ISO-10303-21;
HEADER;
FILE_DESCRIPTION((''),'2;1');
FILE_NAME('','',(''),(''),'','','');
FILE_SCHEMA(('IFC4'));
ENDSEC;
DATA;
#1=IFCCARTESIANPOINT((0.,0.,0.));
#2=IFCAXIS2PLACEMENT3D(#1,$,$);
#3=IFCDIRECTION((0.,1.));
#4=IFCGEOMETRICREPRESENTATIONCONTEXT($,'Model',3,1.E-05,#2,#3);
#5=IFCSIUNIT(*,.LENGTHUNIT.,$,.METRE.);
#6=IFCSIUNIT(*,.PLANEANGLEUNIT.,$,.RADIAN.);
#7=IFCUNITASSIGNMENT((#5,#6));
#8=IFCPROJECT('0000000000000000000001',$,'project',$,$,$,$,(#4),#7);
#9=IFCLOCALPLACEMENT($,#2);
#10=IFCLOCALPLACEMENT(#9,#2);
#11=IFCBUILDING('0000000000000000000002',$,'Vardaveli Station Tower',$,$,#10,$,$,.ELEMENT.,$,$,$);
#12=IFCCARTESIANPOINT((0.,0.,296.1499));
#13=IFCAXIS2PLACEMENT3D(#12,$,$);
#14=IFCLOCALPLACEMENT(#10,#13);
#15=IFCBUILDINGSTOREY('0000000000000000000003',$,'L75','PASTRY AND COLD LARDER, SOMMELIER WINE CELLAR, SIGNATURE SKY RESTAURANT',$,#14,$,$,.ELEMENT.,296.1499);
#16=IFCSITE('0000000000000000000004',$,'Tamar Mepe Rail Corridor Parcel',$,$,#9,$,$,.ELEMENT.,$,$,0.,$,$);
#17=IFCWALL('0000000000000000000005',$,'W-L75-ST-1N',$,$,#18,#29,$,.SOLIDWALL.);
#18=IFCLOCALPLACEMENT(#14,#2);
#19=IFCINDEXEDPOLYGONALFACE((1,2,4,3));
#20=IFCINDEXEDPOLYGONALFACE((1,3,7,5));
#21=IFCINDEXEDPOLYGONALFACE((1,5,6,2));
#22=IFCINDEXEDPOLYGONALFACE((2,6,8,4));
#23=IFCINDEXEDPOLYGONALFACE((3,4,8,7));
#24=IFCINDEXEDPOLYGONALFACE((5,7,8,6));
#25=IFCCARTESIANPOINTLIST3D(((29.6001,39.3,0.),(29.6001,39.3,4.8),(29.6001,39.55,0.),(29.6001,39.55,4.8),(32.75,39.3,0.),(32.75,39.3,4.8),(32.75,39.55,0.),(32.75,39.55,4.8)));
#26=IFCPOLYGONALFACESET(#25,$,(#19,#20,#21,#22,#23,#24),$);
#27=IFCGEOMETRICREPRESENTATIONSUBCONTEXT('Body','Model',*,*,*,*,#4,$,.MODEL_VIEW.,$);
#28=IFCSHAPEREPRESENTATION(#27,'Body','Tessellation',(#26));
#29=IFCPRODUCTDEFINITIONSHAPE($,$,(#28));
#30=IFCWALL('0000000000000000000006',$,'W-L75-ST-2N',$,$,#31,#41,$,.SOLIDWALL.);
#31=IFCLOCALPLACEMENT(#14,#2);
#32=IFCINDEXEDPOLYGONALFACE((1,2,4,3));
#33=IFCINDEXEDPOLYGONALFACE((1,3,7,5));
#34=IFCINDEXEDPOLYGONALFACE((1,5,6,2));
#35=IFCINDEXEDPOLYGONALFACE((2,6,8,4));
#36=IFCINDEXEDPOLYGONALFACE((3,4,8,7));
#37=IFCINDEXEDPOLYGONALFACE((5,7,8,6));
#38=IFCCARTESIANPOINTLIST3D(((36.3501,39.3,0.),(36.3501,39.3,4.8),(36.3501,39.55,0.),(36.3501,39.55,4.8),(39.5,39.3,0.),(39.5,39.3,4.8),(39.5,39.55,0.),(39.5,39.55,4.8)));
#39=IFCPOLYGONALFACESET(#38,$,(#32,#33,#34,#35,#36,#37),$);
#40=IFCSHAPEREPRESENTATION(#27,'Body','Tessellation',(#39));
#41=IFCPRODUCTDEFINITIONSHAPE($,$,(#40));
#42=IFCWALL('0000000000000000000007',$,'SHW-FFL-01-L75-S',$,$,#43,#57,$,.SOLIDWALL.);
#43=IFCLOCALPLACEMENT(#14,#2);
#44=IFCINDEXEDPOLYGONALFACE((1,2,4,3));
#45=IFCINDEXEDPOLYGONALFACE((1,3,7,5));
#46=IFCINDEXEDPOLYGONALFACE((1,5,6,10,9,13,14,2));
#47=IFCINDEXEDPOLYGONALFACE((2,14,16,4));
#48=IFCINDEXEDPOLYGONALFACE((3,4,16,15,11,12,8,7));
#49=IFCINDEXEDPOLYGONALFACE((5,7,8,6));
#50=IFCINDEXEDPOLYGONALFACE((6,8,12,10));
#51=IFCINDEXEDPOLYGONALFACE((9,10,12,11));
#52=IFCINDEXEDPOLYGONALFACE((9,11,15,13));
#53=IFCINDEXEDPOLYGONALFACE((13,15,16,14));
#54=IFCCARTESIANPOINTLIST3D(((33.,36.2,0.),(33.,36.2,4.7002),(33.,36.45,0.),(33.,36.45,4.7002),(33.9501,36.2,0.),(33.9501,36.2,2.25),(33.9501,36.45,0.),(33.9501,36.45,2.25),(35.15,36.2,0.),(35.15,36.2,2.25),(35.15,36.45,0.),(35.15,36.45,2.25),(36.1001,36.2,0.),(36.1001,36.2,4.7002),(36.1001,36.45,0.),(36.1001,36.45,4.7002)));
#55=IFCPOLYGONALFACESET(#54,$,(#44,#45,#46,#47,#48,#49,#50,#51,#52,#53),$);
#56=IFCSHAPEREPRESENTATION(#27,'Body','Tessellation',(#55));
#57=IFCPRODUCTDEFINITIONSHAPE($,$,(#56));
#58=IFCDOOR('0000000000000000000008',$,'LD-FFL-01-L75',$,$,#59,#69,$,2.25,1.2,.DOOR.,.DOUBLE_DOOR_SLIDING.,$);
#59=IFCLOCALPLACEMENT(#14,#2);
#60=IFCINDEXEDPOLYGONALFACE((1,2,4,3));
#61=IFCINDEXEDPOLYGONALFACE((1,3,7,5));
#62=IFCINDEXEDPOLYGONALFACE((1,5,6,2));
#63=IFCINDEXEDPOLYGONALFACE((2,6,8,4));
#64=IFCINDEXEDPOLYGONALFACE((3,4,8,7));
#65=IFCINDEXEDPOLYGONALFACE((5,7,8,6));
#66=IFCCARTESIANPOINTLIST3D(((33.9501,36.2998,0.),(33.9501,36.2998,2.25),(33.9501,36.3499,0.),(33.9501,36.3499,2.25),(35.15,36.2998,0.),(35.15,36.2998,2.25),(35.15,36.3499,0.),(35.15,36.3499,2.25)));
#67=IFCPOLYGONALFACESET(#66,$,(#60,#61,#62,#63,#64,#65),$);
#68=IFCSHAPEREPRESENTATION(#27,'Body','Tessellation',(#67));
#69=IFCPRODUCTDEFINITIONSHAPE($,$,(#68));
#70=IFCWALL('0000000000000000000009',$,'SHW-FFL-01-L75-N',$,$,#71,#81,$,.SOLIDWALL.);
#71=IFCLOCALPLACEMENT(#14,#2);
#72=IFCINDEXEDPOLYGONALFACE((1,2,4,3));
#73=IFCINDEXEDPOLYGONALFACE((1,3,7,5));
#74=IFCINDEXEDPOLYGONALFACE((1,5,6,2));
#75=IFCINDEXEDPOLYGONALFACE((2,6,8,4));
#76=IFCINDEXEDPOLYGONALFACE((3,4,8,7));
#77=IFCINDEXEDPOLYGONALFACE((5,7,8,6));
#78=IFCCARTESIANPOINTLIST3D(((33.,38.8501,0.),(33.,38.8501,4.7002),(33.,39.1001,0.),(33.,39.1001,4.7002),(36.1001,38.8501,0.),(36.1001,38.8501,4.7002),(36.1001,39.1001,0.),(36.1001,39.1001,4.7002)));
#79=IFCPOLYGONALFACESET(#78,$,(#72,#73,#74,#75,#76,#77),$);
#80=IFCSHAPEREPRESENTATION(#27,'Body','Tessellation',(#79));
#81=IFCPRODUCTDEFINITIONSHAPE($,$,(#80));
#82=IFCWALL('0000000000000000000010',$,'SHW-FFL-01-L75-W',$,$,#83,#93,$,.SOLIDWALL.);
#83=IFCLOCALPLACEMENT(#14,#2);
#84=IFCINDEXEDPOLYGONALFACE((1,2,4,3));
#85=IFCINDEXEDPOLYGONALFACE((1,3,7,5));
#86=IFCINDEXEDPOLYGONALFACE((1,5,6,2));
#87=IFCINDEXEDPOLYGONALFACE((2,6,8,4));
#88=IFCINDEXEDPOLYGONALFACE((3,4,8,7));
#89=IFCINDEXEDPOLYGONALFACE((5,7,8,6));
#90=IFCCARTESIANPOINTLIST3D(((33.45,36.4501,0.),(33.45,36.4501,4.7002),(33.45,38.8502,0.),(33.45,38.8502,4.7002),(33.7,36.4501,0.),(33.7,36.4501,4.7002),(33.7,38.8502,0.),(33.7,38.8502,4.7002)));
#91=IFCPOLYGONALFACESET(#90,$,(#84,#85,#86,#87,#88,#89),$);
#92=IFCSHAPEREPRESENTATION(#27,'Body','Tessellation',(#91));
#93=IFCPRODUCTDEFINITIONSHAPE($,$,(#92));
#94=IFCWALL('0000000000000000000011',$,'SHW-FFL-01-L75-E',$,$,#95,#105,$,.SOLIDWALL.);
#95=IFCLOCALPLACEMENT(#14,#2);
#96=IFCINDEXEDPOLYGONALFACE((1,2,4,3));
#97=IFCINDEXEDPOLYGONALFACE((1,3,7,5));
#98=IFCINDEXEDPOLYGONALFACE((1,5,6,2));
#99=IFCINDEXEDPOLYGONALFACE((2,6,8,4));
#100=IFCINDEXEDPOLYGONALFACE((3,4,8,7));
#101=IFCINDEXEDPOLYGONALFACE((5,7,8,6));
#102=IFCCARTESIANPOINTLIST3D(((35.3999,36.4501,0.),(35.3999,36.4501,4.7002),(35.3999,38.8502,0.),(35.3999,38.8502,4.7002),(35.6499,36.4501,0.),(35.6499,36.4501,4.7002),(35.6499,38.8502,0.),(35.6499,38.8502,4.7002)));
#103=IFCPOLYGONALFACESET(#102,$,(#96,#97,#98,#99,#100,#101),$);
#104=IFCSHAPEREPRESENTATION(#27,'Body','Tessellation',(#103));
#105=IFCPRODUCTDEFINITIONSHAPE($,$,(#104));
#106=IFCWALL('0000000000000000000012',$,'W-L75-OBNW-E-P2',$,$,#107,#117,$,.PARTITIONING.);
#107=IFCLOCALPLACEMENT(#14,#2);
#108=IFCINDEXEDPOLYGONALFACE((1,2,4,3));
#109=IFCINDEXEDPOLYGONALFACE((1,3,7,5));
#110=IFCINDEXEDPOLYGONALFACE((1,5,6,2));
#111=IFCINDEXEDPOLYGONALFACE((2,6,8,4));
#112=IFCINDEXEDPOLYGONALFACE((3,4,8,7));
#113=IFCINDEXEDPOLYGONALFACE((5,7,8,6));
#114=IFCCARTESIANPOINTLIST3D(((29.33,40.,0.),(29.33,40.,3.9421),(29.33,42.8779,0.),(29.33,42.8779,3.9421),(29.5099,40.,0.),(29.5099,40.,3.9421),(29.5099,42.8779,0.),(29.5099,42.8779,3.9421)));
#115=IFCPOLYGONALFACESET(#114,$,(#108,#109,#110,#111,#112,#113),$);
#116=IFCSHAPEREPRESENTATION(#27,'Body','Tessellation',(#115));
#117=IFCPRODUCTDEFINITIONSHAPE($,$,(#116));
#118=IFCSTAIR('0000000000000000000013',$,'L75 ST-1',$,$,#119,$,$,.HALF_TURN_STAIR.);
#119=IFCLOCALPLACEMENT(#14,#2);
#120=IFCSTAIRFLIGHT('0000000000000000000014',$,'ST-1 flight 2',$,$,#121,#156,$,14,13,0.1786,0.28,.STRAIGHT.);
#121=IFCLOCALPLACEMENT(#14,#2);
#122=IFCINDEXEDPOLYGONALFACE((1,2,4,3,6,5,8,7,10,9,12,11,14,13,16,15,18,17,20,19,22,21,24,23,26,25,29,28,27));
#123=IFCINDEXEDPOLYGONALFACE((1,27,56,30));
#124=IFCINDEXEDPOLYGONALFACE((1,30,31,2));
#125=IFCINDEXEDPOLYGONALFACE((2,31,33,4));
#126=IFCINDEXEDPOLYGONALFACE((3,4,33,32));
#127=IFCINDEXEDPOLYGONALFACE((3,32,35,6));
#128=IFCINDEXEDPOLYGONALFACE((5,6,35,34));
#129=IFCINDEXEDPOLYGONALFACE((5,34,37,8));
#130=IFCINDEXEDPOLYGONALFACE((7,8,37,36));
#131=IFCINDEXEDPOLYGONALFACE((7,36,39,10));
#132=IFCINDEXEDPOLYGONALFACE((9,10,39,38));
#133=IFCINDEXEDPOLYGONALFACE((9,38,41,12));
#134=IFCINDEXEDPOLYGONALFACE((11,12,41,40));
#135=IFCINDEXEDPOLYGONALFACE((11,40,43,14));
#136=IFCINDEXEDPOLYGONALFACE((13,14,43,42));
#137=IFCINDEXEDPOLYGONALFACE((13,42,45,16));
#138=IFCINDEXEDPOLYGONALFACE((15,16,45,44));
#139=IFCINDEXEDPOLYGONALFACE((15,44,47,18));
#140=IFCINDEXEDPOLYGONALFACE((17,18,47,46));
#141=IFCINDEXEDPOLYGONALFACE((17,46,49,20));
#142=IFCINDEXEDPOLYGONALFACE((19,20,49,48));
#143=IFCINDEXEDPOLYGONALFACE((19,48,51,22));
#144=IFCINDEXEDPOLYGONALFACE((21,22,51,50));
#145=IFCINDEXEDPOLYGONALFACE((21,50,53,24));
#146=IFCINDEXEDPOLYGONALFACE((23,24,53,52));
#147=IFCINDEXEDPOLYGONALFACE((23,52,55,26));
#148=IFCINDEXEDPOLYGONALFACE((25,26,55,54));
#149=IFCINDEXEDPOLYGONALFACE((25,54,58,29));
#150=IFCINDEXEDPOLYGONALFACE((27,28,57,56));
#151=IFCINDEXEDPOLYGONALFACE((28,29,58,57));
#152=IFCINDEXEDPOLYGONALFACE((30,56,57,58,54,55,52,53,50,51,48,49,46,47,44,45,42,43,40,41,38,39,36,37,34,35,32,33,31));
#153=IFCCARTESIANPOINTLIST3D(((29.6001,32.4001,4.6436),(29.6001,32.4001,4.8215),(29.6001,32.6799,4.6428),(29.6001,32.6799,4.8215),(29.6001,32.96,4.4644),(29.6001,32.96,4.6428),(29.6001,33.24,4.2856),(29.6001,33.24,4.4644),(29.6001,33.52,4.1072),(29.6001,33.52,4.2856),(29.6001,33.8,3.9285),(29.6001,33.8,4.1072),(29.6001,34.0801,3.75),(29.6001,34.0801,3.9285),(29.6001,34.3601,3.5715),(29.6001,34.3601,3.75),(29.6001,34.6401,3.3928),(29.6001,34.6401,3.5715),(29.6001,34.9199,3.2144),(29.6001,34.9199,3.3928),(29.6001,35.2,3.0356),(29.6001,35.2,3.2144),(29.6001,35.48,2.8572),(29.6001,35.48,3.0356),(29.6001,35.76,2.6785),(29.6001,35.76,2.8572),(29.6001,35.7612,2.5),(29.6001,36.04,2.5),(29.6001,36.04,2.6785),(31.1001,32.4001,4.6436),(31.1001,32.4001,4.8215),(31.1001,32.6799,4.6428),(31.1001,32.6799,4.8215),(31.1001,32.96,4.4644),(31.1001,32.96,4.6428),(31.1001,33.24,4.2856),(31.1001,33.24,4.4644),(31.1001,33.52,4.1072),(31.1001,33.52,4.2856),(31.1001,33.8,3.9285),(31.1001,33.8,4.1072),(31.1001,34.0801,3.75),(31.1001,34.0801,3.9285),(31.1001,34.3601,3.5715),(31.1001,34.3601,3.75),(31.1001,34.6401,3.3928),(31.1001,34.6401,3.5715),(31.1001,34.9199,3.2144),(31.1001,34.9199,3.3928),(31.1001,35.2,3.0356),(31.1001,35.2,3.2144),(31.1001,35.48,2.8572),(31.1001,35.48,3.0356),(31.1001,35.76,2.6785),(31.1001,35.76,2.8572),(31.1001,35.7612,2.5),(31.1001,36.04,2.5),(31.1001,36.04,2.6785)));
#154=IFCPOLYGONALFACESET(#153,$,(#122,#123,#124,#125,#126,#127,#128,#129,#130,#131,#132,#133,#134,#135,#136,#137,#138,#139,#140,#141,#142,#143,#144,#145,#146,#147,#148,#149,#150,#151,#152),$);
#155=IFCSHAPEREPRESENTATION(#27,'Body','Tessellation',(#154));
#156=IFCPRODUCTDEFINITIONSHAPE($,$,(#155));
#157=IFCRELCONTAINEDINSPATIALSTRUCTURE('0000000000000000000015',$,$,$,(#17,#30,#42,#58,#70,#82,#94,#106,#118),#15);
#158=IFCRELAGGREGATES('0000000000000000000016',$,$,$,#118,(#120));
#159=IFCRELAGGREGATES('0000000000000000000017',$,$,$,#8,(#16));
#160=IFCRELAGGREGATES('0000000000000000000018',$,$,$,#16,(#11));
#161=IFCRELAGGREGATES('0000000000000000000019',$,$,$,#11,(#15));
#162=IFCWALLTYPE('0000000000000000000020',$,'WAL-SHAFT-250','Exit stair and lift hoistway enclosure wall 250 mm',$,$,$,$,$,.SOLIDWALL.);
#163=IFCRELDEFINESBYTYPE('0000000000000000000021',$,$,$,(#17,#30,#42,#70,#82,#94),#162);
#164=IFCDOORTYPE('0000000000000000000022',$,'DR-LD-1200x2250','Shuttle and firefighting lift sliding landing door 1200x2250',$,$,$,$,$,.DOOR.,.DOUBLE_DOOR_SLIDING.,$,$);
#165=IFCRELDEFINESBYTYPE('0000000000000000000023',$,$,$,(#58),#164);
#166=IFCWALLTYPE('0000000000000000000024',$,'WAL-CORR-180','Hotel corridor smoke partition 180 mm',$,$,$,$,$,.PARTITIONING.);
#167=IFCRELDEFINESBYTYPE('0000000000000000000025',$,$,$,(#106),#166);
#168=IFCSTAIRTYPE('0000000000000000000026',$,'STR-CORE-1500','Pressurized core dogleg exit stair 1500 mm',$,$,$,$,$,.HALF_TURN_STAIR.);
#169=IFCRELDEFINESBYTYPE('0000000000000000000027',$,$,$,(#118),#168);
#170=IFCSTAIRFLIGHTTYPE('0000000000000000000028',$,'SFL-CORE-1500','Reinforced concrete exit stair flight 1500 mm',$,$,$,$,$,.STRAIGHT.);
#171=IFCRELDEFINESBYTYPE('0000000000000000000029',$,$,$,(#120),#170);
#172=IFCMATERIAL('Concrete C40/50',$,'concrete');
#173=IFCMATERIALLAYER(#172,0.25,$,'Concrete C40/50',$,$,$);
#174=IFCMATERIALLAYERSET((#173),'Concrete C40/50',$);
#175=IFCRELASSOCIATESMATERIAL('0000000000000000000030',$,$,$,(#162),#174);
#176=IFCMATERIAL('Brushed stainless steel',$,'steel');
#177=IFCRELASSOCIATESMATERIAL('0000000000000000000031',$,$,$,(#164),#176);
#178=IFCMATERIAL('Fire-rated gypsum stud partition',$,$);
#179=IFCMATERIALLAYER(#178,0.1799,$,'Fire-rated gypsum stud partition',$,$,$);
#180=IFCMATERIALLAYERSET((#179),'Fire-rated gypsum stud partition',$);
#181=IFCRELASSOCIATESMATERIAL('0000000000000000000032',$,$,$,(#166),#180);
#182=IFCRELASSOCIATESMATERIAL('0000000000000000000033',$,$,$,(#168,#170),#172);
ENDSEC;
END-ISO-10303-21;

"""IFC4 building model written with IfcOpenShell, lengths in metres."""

from ifc_helpers import new_model, si_unit, direction, frame, frame_2d, origin, place, context, subcontext, project, spatial, polyline, rectangle, outline, extrude, source, transform, mapped, material, layer, layer_set, type_object, element, fill, aggregate, save


model = new_model("IFC4")

# Units and contexts
model_context = context("Model", 3, precision=1e-05, world=origin(), true_north=direction((0.0, 1.0)))
body_context = subcontext(model_context, "Body", "Model", "MODEL_VIEW")
ifc_project = project(units=[si_unit("LENGTHUNIT", "METRE"), si_unit("PLANEANGLEUNIT", "RADIAN")], contexts=[model_context])

# Site, building, storey
site_placement = place(None, origin())
site = spatial("IfcSite", under=ifc_project, at=site_placement, Name="Tamar Mepe Rail Corridor Parcel", CompositionType="ELEMENT", RefElevation=0.0)
building_placement = place(site_placement, origin())
building = spatial("IfcBuilding", under=site, at=building_placement, Name="Vardaveli Station Tower", CompositionType="ELEMENT")
storey_placement = place(building_placement, frame((0.0, 0.0, 296.1499)))
storey = spatial("IfcBuildingStorey", under=building, at=storey_placement, Name="L75", Description="PASTRY AND COLD LARDER, SOMMELIER WINE CELLAR, SIGNATURE SKY RESTAURANT", CompositionType="ELEMENT", Elevation=296.1499)

# Walls
ifc_material_1 = material(Name="Concrete C40/50", Category="concrete")
ifc_layer_1 = layer(ifc_material_1, 0.25, Name="Concrete C40/50")
ifc_layer_set_1 = layer_set([ifc_layer_1], Name="Concrete C40/50")
wall_type_1 = type_object("IfcWallType", Name="WAL-SHAFT-250", Description="Exit stair and lift hoistway enclosure wall 250 mm", PredefinedType="SOLIDWALL", material=ifc_layer_set_1)
shared_shape_1 = source(origin(), body_context, "Body", "SweptSolid", [
    extrude(rectangle(XDim=3.1499, YDim=0.25, at=frame_2d((1.575, 0.0))), origin(), (0.0, 0.0, 1.0), 4.8),
])
for number, where, z_axis, x_axis, name in (
    (1, (29.6001, 39.425, 0.0), (0.0, 0.0, 1.0), (1.0, 0.0, 0.0), "W-L75-ST-1N"),
    (2, (36.3501, 39.425, 0.0), (0.0, 0.0, 1.0), (1.0, 0.0, 0.0), "W-L75-ST-2N"),
):
    element("IfcWall", number, at=place(storey_placement, frame(where, z_axis=z_axis, x_axis=x_axis)), inside=storey, type_object=wall_type_1, Name=name, PredefinedType="SOLIDWALL", context=body_context, shape_type="MappedRepresentation", body=[
        mapped(shared_shape_1, transform((0.0, 0.0, 0.0), scale=1.0)),
    ])

# Wall, opening, door
shared_shape_2 = source(origin(), body_context, "Body", "SweptSolid", [
    extrude(rectangle(XDim=3.1001, YDim=0.25, at=frame_2d((1.55, 0.0))), origin(), (0.0, 0.0, 1.0), 4.7002),
])
wall_1_placement = place(storey_placement, frame((33.0, 36.325, 0.0), z_axis=(0.0, 0.0, 1.0), x_axis=(1.0, 0.0, 0.0)))
wall_1 = element("IfcWall", 3, at=wall_1_placement, inside=storey, type_object=wall_type_1, Name="SHW-FFL-01-L75-S", PredefinedType="SOLIDWALL", context=body_context, shape_type="MappedRepresentation", body=[
    mapped(shared_shape_2, transform((0.0, 0.0, 0.0), scale=1.0)),
])
shared_shape_3 = source(origin(), body_context, "Body", "SweptSolid", [
    extrude(rectangle(XDim=1.2, YDim=2.25, at=frame_2d((0.6001, 1.125))), frame((0.0, 0.135, 0.0), z_axis=(0.0, -1.0, 0.0), x_axis=(1.0, 0.0, 0.0)), (0.0, 0.0, 1.0), 0.27),
])
opening_1_placement = place(wall_1_placement, frame((0.95, 0.0, 0.0)))
opening_1 = element("IfcOpeningElement", 4, at=opening_1_placement, cuts=wall_1, PredefinedType="OPENING", context=body_context, shape_type="MappedRepresentation", body=[
    mapped(shared_shape_3, transform((0.0, 0.0, 0.0), scale=1.0)),
])
ifc_material_2 = material(Name="Brushed stainless steel", Category="steel")
door_type = type_object("IfcDoorType", Name="DR-LD-1200x2250", Description="Shuttle and firefighting lift sliding landing door 1200x2250", OperationType="DOUBLE_DOOR_SLIDING", PredefinedType="DOOR", material=ifc_material_2)
shared_shape_4 = source(origin(), body_context, "Body", "SweptSolid", [
    extrude(rectangle(XDim=1.2, YDim=2.25, at=frame_2d((0.6001, 1.125))), frame((0.0, 0.0249, 0.0), z_axis=(0.0, -1.0, 0.0), x_axis=(1.0, 0.0, 0.0)), (0.0, 0.0, 1.0), 0.05),
])
door_placement = place(opening_1_placement, origin())
door = element("IfcDoor", 5, at=door_placement, inside=storey, type_object=door_type, Name="LD-FFL-01-L75", OperationType="DOUBLE_DOOR_SLIDING", OverallHeight=2.25, OverallWidth=1.2, PredefinedType="DOOR", context=body_context, shape_type="MappedRepresentation", body=[
    mapped(shared_shape_4, transform((0.0, 0.0, 0.0), scale=1.0)),
])
fill(opening_1, door)

# Walls
wall_2_placement = place(storey_placement, frame((33.0, 38.9751, 0.0), z_axis=(0.0, 0.0, 1.0), x_axis=(1.0, 0.0, 0.0)))
element("IfcWall", 6, at=wall_2_placement, inside=storey, type_object=wall_type_1, Name="SHW-FFL-01-L75-N", PredefinedType="SOLIDWALL", context=body_context, shape_type="MappedRepresentation", body=[
    mapped(shared_shape_2, transform((0.0, 0.0, 0.0), scale=1.0)),
])
shared_shape_5 = source(origin(), body_context, "Body", "SweptSolid", [
    extrude(rectangle(XDim=2.4001, YDim=0.25, at=frame_2d((1.2002, 0.0))), origin(), (0.0, 0.0, 1.0), 4.7002),
])
for number, where, z_axis, x_axis, name in (
    (7, (33.575, 36.45, 0.0), (0.0, 0.0, 1.0), (0.0, 1.0, 0.0), "SHW-FFL-01-L75-W"),
    (8, (35.5249, 36.45, 0.0), (0.0, 0.0, 1.0), (0.0, 1.0, 0.0), "SHW-FFL-01-L75-E"),
):
    element("IfcWall", number, at=place(storey_placement, frame(where, z_axis=z_axis, x_axis=x_axis)), inside=storey, type_object=wall_type_1, Name=name, PredefinedType="SOLIDWALL", context=body_context, shape_type="MappedRepresentation", body=[
        mapped(shared_shape_5, transform((0.0, 0.0, 0.0), scale=1.0)),
    ])
ifc_material_3 = material(Name="Fire-rated gypsum stud partition")
ifc_layer_2 = layer(ifc_material_3, 0.1799, Name="Fire-rated gypsum stud partition")
ifc_layer_set_2 = layer_set([ifc_layer_2], Name="Fire-rated gypsum stud partition")
wall_type_2 = type_object("IfcWallType", Name="WAL-CORR-180", Description="Hotel corridor smoke partition 180 mm", PredefinedType="PARTITIONING", material=ifc_layer_set_2)
shared_shape_6 = source(origin(), body_context, "Body", "SweptSolid", [
    extrude(rectangle(XDim=2.8779, YDim=0.1799, at=frame_2d((1.439, 0.0))), origin(), (0.0, 0.0, 1.0), 3.9421),
])
wall_3_placement = place(storey_placement, frame((29.4199, 40.0, 0.0), z_axis=(0.0, 0.0, 1.0), x_axis=(0.0, 1.0, 0.0)))
element("IfcWall", 9, at=wall_3_placement, inside=storey, type_object=wall_type_2, Name="W-L75-OBNW-E-P2", PredefinedType="PARTITIONING", context=body_context, shape_type="MappedRepresentation", body=[
    mapped(shared_shape_6, transform((0.0, 0.0, 0.0), scale=1.0)),
])

# Stair, stair flight
stair_type = type_object("IfcStairType", Name="STR-CORE-1500", Description="Pressurized core dogleg exit stair 1500 mm", PredefinedType="HALF_TURN_STAIR", material=ifc_material_1)
stair_1_placement = place(storey_placement, origin())
stair_1 = element("IfcStair", 10, at=stair_1_placement, inside=storey, type_object=stair_type, Name="L75 ST-1", PredefinedType="HALF_TURN_STAIR")
stair_flight_type = type_object("IfcStairFlightType", Name="SFL-CORE-1500", Description="Reinforced concrete exit stair flight 1500 mm", PredefinedType="STRAIGHT", material=ifc_material_1)
shared_shape_7 = source(origin(), body_context, "Body", "SweptSolid", [
    extrude(outline(polyline([(0.0, 0.0), (0.0, 0.1785), (0.28, 0.1785), (0.28, 0.3572), (0.5601, 0.3572), (0.5601, 0.5356), (0.8401, 0.5356), (0.8401, 0.7144), (1.1201, 0.7144), (1.1201, 0.8928), (1.3999, 0.8928), (1.3999, 1.0715), (1.6799, 1.0715), (1.6799, 1.25), (1.96, 1.25), (1.96, 1.4285), (2.24, 1.4285), (2.24, 1.6072), (2.52, 1.6072), (2.52, 1.7856), (2.8, 1.7856), (2.8, 1.9644), (3.0801, 1.9644), (3.0801, 2.1428), (3.3601, 2.1428), (3.3601, 2.3215), (3.6399, 2.3215), (3.6399, 2.5), (3.6399, 2.1436), (0.2788, 0.0), (0.0, 0.0)])), frame((0.0, 0.75, 0.0), z_axis=(0.0, -1.0, 0.0), x_axis=(1.0, 0.0, 0.0)), (0.0, 0.0, 1.0), 1.5),
])
stair_flight_1_placement = place(storey_placement, frame((30.3501, 36.04, 2.5), z_axis=(0.0, 0.0, 1.0), x_axis=(0.0, -1.0, 0.0)))
stair_flight_1 = element("IfcStairFlight", 11, at=stair_flight_1_placement, type_object=stair_flight_type, Name="ST-1 flight 2", NumberOfRisers=14, NumberOfTreads=13, PredefinedType="STRAIGHT", RiserHeight=0.1786, TreadLength=0.28, context=body_context, shape_type="MappedRepresentation", body=[
    mapped(shared_shape_7, transform((0.0, 0.0, 0.0), scale=1.0)),
])
aggregate(stair_1, [stair_flight_1])

save(model, "model.ifc")
